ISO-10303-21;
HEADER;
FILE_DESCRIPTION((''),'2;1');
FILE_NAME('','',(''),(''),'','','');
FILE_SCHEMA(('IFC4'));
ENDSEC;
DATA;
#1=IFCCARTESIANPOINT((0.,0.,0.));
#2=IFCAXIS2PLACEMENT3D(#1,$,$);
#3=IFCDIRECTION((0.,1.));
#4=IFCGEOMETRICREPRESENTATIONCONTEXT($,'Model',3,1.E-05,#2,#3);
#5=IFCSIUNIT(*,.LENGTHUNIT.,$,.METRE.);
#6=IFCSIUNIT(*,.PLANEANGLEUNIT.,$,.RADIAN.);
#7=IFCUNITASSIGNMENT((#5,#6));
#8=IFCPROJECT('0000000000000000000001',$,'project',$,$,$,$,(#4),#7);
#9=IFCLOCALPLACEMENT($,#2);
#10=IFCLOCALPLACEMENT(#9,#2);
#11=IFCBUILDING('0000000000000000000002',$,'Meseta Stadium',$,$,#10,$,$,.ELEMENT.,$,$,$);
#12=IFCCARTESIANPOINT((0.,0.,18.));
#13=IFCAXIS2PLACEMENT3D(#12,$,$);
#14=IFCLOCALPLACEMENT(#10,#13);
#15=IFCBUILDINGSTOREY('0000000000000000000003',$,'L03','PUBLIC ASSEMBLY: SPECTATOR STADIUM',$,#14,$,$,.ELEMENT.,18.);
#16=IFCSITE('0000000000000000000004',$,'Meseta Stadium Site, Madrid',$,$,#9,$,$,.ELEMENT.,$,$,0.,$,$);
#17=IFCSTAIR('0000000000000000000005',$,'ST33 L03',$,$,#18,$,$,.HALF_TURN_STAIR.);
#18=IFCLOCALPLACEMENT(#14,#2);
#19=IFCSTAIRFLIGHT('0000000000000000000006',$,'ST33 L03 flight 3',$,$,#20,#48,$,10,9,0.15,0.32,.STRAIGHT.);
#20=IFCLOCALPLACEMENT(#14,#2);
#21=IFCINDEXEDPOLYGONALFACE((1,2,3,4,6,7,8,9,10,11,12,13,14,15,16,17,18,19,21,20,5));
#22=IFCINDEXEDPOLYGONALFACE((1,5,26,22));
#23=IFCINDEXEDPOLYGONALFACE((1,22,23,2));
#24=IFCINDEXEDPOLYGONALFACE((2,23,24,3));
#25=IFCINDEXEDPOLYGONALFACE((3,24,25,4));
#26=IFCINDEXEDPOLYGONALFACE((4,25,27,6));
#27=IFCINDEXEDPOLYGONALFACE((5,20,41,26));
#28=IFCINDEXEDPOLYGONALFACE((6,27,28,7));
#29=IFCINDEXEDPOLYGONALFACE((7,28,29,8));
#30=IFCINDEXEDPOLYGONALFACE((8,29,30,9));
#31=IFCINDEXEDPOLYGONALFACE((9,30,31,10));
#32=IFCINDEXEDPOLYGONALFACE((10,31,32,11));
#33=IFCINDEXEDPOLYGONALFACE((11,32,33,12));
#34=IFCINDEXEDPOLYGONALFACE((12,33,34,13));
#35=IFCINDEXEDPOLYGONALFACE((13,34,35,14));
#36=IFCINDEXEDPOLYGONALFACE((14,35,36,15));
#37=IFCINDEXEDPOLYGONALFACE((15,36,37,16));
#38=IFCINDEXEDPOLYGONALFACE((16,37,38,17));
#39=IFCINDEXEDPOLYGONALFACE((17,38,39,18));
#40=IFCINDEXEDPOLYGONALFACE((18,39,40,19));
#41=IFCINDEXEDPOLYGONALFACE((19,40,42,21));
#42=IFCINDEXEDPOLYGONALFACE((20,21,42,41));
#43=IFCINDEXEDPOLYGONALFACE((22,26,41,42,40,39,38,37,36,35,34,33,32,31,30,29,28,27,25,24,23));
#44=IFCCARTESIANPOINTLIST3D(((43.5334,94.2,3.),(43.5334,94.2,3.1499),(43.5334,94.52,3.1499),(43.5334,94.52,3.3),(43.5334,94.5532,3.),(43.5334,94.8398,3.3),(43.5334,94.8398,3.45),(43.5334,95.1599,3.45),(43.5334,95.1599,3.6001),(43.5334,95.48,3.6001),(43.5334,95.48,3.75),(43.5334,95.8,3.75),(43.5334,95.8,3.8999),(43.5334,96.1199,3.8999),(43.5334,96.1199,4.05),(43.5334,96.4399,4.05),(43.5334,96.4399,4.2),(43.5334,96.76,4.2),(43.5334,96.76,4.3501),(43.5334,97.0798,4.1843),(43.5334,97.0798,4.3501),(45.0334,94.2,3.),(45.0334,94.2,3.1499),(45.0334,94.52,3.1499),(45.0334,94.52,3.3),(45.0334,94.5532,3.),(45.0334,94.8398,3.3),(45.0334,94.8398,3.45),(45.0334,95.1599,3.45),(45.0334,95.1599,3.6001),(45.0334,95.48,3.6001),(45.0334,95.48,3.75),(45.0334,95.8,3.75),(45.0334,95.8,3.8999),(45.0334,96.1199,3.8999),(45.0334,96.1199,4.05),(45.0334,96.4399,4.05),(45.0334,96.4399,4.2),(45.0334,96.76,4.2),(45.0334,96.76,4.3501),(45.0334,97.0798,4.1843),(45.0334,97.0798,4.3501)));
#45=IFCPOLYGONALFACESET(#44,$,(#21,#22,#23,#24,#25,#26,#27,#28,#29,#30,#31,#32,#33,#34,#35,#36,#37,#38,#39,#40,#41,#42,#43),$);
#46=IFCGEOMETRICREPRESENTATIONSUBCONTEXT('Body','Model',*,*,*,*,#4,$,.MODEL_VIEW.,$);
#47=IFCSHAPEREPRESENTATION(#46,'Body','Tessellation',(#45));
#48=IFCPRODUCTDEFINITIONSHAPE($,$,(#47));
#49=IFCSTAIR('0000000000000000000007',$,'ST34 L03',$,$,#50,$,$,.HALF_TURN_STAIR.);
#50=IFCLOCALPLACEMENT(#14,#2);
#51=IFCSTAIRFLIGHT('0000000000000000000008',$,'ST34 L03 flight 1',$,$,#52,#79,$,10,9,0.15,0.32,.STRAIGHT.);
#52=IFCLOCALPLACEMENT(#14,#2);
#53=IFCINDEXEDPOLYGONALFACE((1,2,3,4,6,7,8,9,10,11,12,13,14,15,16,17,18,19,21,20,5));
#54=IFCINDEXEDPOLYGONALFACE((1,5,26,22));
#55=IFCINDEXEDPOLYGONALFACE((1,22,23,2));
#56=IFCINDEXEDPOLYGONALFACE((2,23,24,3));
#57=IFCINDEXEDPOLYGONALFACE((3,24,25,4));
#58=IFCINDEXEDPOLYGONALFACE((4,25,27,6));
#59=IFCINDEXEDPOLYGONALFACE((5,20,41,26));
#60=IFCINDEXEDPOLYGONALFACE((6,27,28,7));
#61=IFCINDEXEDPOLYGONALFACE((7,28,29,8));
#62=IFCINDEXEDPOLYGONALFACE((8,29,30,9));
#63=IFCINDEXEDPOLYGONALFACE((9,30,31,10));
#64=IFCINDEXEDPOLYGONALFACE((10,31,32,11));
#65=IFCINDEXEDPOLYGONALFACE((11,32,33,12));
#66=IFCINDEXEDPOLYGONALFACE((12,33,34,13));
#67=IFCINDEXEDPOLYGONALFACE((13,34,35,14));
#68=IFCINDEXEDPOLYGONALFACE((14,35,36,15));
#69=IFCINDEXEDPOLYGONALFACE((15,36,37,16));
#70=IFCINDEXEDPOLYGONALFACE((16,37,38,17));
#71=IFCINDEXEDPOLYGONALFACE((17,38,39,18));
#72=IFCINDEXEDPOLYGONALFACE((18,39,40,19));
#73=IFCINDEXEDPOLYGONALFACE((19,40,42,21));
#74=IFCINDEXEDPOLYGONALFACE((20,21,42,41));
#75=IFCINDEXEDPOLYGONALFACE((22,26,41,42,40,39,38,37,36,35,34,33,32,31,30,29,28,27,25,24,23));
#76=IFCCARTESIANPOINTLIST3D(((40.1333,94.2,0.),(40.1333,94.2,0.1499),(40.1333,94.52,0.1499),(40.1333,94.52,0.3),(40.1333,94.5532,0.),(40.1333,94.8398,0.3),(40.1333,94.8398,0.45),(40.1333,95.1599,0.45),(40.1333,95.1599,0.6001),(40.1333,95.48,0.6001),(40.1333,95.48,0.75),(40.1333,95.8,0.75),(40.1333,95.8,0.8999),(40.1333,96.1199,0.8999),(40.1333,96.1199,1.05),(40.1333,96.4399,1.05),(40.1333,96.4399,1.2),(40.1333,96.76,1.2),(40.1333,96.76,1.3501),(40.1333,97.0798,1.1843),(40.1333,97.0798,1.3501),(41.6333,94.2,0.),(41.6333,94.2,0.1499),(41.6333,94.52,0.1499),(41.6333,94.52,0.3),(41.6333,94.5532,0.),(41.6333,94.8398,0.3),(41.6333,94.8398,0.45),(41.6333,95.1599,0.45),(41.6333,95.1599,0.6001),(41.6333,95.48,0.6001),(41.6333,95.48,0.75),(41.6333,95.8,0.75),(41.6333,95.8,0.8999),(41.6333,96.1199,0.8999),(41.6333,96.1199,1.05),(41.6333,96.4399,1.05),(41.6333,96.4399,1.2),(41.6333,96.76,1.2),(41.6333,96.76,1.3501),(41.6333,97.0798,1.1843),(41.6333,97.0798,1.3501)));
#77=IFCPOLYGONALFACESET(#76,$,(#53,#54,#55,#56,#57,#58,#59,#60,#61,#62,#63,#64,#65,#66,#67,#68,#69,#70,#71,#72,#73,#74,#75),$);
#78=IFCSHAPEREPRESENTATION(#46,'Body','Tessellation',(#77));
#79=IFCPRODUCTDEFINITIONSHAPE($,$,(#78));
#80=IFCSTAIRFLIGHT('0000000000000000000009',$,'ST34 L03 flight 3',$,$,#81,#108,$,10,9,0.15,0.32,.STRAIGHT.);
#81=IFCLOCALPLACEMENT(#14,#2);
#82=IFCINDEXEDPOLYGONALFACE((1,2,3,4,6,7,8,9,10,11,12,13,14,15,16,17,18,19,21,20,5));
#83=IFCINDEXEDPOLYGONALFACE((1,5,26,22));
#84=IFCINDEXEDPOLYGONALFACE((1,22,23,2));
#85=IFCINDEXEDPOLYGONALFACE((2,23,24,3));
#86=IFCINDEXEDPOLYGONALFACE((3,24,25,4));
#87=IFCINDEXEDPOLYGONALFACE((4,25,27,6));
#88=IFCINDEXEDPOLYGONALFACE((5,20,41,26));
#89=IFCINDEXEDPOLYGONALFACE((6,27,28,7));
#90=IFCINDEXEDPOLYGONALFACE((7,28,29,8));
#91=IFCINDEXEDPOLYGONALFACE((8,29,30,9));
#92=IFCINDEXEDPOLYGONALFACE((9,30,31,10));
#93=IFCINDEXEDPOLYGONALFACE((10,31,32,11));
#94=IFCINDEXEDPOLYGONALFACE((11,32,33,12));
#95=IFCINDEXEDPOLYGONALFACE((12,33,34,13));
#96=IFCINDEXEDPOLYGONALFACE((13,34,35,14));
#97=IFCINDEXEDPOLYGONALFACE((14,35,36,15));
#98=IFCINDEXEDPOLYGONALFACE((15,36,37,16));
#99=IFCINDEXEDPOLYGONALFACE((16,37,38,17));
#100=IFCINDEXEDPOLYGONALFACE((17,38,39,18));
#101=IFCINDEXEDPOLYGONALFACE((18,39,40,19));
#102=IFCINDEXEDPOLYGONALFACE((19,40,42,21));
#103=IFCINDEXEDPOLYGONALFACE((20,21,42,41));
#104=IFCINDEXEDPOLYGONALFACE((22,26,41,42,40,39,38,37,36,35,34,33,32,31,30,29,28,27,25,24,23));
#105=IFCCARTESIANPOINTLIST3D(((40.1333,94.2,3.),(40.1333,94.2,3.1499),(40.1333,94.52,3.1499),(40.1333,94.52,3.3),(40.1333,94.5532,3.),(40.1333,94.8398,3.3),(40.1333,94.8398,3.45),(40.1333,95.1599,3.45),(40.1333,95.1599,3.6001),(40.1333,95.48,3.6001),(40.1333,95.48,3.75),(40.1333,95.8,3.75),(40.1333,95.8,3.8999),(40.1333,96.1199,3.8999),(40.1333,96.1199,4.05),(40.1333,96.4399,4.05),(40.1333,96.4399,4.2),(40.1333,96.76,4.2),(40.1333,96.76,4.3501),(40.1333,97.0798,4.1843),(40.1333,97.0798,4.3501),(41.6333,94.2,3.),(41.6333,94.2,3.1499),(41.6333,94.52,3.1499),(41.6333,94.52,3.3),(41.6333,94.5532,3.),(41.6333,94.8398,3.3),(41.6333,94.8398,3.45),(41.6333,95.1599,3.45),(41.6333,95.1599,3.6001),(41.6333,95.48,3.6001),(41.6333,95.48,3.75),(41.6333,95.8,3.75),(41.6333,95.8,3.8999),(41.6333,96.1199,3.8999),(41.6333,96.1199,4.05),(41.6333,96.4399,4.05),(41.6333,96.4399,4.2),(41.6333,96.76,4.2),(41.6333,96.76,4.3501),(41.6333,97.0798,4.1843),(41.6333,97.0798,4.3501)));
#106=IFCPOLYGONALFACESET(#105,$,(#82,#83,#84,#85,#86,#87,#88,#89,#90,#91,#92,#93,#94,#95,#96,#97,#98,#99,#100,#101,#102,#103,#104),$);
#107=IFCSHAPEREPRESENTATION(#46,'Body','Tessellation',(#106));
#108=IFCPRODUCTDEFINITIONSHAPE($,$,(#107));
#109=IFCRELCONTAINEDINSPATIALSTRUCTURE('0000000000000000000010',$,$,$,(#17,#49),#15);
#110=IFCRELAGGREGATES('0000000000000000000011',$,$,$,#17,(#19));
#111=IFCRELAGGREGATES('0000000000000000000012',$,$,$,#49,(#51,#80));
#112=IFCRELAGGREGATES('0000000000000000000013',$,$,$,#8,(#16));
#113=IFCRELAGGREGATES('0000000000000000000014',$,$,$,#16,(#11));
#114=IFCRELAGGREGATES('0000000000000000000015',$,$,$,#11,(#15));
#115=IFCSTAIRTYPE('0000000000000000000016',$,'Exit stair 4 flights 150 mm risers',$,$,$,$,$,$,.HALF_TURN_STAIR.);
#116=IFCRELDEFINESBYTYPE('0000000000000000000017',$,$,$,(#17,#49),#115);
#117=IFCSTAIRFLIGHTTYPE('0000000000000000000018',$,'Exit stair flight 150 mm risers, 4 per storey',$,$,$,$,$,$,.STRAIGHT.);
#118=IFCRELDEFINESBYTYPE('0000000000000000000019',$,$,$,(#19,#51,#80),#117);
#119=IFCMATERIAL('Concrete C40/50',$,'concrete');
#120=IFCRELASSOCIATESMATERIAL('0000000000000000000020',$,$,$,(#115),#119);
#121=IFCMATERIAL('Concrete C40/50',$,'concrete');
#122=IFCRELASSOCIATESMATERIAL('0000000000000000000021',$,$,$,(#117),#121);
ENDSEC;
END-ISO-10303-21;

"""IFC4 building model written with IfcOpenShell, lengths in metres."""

from ifc_helpers import new_model, si_unit, direction, frame, origin, place, context, subcontext, project, spatial, polyline, outline, extrude, material, type_object, element, aggregate, save


model = new_model("IFC4")

# Units and contexts
model_context = context("Model", 3, precision=1e-05, world=origin(), true_north=direction((0.0, 1.0)))
body_context = subcontext(model_context, "Body", "Model", "MODEL_VIEW")
ifc_project = project(units=[si_unit("LENGTHUNIT", "METRE"), si_unit("PLANEANGLEUNIT", "RADIAN")], contexts=[model_context])

# Site, building, storey
site_placement = place(None, origin())
site = spatial("IfcSite", under=ifc_project, at=site_placement, Name="Meseta Stadium Site, Madrid", CompositionType="ELEMENT", RefElevation=0.0)
building_placement = place(site_placement, origin())
building = spatial("IfcBuilding", under=site, at=building_placement, Name="Meseta Stadium", CompositionType="ELEMENT")
storey_placement = place(building_placement, frame((0.0, 0.0, 18.0)))
storey = spatial("IfcBuildingStorey", under=building, at=storey_placement, Name="L03", Description="PUBLIC ASSEMBLY: SPECTATOR STADIUM", CompositionType="ELEMENT", Elevation=18.0)

# Shared definitions
ifc_material_1 = material(Name="Concrete C40/50", Category="concrete")
stair_type = type_object("IfcStairType", Name="Exit stair 4 flights 150 mm risers", PredefinedType="HALF_TURN_STAIR", material=ifc_material_1)
ifc_material_2 = material(Name="Concrete C40/50", Category="concrete")
stair_flight_type = type_object("IfcStairFlightType", Name="Exit stair flight 150 mm risers, 4 per storey", PredefinedType="STRAIGHT", material=ifc_material_2)

# Stairs, stair flights
stair_1_placement = place(storey_placement, origin())
stair_1 = element("IfcStair", 1, at=stair_1_placement, inside=storey, type_object=stair_type, Name="ST33 L03", PredefinedType="HALF_TURN_STAIR")
stair_flight_1_placement = place(storey_placement, frame((44.2834, 94.2, 3.0), z_axis=(0.0, 0.0, 1.0), x_axis=(0.0, 1.0, 0.0)))
stair_flight_1 = element("IfcStairFlight", 2, at=stair_flight_1_placement, type_object=stair_flight_type, Name="ST33 L03 flight 3", NumberOfRisers=10, NumberOfTreads=9, PredefinedType="STRAIGHT", RiserHeight=0.15, TreadLength=0.32, context=body_context, shape_type="SweptSolid", body=[
    extrude(outline(polyline([(0.0, 0.0), (0.0, 0.1499), (0.3201, 0.1499), (0.3201, 0.3), (0.6399, 0.3), (0.6399, 0.45), (0.96, 0.45), (0.96, 0.6001), (1.28, 0.6001), (1.28, 0.75), (1.6001, 0.75), (1.6001, 0.8999), (1.9199, 0.8999), (1.9199, 1.05), (2.24, 1.05), (2.24, 1.2), (2.5601, 1.2), (2.5601, 1.3501), (2.8799, 1.3501), (2.8799, 1.1843), (0.3533, 0.0), (0.0, 0.0)])), frame((0.0, 0.75, 0.0), z_axis=(0.0, -1.0, 0.0), x_axis=(1.0, 0.0, 0.0)), (0.0, 0.0, 1.0), 1.5),
])
aggregate(stair_1, [stair_flight_1])
stair_2_placement = place(storey_placement, origin())
stair_2 = element("IfcStair", 3, at=stair_2_placement, inside=storey, type_object=stair_type, Name="ST34 L03", PredefinedType="HALF_TURN_STAIR")
stair_flight_2_placement = place(storey_placement, frame((40.8833, 94.2, 0.0), z_axis=(0.0, 0.0, 1.0), x_axis=(0.0, 1.0, 0.0)))
stair_flight_2 = element("IfcStairFlight", 4, at=stair_flight_2_placement, type_object=stair_flight_type, Name="ST34 L03 flight 1", NumberOfRisers=10, NumberOfTreads=9, PredefinedType="STRAIGHT", RiserHeight=0.15, TreadLength=0.32, context=body_context, shape_type="SweptSolid", body=[
    extrude(outline(polyline([(0.0, 0.0), (0.0, 0.1499), (0.3201, 0.1499), (0.3201, 0.3), (0.6399, 0.3), (0.6399, 0.45), (0.96, 0.45), (0.96, 0.6001), (1.28, 0.6001), (1.28, 0.75), (1.6001, 0.75), (1.6001, 0.8999), (1.9199, 0.8999), (1.9199, 1.05), (2.24, 1.05), (2.24, 1.2), (2.5601, 1.2), (2.5601, 1.3501), (2.8799, 1.3501), (2.8799, 1.1843), (0.3533, 0.0), (0.0, 0.0)])), frame((0.0, 0.75, 0.0), z_axis=(0.0, -1.0, 0.0), x_axis=(1.0, 0.0, 0.0)), (0.0, 0.0, 1.0), 1.5),
])
stair_flight_3_placement = place(storey_placement, frame((40.8833, 94.2, 3.0), z_axis=(0.0, 0.0, 1.0), x_axis=(0.0, 1.0, 0.0)))
stair_flight_3 = element("IfcStairFlight", 5, at=stair_flight_3_placement, type_object=stair_flight_type, Name="ST34 L03 flight 3", NumberOfRisers=10, NumberOfTreads=9, PredefinedType="STRAIGHT", RiserHeight=0.15, TreadLength=0.32, context=body_context, shape_type="SweptSolid", body=[
    extrude(outline(polyline([(0.0, 0.0), (0.0, 0.1499), (0.3201, 0.1499), (0.3201, 0.3), (0.6399, 0.3), (0.6399, 0.45), (0.96, 0.45), (0.96, 0.6001), (1.28, 0.6001), (1.28, 0.75), (1.6001, 0.75), (1.6001, 0.8999), (1.9199, 0.8999), (1.9199, 1.05), (2.24, 1.05), (2.24, 1.2), (2.5601, 1.2), (2.5601, 1.3501), (2.8799, 1.3501), (2.8799, 1.1843), (0.3533, 0.0), (0.0, 0.0)])), frame((0.0, 0.75, 0.0), z_axis=(0.0, -1.0, 0.0), x_axis=(1.0, 0.0, 0.0)), (0.0, 0.0, 1.0), 1.5),
])
aggregate(stair_2, [stair_flight_2, stair_flight_3])

save(model, "model.ifc")
